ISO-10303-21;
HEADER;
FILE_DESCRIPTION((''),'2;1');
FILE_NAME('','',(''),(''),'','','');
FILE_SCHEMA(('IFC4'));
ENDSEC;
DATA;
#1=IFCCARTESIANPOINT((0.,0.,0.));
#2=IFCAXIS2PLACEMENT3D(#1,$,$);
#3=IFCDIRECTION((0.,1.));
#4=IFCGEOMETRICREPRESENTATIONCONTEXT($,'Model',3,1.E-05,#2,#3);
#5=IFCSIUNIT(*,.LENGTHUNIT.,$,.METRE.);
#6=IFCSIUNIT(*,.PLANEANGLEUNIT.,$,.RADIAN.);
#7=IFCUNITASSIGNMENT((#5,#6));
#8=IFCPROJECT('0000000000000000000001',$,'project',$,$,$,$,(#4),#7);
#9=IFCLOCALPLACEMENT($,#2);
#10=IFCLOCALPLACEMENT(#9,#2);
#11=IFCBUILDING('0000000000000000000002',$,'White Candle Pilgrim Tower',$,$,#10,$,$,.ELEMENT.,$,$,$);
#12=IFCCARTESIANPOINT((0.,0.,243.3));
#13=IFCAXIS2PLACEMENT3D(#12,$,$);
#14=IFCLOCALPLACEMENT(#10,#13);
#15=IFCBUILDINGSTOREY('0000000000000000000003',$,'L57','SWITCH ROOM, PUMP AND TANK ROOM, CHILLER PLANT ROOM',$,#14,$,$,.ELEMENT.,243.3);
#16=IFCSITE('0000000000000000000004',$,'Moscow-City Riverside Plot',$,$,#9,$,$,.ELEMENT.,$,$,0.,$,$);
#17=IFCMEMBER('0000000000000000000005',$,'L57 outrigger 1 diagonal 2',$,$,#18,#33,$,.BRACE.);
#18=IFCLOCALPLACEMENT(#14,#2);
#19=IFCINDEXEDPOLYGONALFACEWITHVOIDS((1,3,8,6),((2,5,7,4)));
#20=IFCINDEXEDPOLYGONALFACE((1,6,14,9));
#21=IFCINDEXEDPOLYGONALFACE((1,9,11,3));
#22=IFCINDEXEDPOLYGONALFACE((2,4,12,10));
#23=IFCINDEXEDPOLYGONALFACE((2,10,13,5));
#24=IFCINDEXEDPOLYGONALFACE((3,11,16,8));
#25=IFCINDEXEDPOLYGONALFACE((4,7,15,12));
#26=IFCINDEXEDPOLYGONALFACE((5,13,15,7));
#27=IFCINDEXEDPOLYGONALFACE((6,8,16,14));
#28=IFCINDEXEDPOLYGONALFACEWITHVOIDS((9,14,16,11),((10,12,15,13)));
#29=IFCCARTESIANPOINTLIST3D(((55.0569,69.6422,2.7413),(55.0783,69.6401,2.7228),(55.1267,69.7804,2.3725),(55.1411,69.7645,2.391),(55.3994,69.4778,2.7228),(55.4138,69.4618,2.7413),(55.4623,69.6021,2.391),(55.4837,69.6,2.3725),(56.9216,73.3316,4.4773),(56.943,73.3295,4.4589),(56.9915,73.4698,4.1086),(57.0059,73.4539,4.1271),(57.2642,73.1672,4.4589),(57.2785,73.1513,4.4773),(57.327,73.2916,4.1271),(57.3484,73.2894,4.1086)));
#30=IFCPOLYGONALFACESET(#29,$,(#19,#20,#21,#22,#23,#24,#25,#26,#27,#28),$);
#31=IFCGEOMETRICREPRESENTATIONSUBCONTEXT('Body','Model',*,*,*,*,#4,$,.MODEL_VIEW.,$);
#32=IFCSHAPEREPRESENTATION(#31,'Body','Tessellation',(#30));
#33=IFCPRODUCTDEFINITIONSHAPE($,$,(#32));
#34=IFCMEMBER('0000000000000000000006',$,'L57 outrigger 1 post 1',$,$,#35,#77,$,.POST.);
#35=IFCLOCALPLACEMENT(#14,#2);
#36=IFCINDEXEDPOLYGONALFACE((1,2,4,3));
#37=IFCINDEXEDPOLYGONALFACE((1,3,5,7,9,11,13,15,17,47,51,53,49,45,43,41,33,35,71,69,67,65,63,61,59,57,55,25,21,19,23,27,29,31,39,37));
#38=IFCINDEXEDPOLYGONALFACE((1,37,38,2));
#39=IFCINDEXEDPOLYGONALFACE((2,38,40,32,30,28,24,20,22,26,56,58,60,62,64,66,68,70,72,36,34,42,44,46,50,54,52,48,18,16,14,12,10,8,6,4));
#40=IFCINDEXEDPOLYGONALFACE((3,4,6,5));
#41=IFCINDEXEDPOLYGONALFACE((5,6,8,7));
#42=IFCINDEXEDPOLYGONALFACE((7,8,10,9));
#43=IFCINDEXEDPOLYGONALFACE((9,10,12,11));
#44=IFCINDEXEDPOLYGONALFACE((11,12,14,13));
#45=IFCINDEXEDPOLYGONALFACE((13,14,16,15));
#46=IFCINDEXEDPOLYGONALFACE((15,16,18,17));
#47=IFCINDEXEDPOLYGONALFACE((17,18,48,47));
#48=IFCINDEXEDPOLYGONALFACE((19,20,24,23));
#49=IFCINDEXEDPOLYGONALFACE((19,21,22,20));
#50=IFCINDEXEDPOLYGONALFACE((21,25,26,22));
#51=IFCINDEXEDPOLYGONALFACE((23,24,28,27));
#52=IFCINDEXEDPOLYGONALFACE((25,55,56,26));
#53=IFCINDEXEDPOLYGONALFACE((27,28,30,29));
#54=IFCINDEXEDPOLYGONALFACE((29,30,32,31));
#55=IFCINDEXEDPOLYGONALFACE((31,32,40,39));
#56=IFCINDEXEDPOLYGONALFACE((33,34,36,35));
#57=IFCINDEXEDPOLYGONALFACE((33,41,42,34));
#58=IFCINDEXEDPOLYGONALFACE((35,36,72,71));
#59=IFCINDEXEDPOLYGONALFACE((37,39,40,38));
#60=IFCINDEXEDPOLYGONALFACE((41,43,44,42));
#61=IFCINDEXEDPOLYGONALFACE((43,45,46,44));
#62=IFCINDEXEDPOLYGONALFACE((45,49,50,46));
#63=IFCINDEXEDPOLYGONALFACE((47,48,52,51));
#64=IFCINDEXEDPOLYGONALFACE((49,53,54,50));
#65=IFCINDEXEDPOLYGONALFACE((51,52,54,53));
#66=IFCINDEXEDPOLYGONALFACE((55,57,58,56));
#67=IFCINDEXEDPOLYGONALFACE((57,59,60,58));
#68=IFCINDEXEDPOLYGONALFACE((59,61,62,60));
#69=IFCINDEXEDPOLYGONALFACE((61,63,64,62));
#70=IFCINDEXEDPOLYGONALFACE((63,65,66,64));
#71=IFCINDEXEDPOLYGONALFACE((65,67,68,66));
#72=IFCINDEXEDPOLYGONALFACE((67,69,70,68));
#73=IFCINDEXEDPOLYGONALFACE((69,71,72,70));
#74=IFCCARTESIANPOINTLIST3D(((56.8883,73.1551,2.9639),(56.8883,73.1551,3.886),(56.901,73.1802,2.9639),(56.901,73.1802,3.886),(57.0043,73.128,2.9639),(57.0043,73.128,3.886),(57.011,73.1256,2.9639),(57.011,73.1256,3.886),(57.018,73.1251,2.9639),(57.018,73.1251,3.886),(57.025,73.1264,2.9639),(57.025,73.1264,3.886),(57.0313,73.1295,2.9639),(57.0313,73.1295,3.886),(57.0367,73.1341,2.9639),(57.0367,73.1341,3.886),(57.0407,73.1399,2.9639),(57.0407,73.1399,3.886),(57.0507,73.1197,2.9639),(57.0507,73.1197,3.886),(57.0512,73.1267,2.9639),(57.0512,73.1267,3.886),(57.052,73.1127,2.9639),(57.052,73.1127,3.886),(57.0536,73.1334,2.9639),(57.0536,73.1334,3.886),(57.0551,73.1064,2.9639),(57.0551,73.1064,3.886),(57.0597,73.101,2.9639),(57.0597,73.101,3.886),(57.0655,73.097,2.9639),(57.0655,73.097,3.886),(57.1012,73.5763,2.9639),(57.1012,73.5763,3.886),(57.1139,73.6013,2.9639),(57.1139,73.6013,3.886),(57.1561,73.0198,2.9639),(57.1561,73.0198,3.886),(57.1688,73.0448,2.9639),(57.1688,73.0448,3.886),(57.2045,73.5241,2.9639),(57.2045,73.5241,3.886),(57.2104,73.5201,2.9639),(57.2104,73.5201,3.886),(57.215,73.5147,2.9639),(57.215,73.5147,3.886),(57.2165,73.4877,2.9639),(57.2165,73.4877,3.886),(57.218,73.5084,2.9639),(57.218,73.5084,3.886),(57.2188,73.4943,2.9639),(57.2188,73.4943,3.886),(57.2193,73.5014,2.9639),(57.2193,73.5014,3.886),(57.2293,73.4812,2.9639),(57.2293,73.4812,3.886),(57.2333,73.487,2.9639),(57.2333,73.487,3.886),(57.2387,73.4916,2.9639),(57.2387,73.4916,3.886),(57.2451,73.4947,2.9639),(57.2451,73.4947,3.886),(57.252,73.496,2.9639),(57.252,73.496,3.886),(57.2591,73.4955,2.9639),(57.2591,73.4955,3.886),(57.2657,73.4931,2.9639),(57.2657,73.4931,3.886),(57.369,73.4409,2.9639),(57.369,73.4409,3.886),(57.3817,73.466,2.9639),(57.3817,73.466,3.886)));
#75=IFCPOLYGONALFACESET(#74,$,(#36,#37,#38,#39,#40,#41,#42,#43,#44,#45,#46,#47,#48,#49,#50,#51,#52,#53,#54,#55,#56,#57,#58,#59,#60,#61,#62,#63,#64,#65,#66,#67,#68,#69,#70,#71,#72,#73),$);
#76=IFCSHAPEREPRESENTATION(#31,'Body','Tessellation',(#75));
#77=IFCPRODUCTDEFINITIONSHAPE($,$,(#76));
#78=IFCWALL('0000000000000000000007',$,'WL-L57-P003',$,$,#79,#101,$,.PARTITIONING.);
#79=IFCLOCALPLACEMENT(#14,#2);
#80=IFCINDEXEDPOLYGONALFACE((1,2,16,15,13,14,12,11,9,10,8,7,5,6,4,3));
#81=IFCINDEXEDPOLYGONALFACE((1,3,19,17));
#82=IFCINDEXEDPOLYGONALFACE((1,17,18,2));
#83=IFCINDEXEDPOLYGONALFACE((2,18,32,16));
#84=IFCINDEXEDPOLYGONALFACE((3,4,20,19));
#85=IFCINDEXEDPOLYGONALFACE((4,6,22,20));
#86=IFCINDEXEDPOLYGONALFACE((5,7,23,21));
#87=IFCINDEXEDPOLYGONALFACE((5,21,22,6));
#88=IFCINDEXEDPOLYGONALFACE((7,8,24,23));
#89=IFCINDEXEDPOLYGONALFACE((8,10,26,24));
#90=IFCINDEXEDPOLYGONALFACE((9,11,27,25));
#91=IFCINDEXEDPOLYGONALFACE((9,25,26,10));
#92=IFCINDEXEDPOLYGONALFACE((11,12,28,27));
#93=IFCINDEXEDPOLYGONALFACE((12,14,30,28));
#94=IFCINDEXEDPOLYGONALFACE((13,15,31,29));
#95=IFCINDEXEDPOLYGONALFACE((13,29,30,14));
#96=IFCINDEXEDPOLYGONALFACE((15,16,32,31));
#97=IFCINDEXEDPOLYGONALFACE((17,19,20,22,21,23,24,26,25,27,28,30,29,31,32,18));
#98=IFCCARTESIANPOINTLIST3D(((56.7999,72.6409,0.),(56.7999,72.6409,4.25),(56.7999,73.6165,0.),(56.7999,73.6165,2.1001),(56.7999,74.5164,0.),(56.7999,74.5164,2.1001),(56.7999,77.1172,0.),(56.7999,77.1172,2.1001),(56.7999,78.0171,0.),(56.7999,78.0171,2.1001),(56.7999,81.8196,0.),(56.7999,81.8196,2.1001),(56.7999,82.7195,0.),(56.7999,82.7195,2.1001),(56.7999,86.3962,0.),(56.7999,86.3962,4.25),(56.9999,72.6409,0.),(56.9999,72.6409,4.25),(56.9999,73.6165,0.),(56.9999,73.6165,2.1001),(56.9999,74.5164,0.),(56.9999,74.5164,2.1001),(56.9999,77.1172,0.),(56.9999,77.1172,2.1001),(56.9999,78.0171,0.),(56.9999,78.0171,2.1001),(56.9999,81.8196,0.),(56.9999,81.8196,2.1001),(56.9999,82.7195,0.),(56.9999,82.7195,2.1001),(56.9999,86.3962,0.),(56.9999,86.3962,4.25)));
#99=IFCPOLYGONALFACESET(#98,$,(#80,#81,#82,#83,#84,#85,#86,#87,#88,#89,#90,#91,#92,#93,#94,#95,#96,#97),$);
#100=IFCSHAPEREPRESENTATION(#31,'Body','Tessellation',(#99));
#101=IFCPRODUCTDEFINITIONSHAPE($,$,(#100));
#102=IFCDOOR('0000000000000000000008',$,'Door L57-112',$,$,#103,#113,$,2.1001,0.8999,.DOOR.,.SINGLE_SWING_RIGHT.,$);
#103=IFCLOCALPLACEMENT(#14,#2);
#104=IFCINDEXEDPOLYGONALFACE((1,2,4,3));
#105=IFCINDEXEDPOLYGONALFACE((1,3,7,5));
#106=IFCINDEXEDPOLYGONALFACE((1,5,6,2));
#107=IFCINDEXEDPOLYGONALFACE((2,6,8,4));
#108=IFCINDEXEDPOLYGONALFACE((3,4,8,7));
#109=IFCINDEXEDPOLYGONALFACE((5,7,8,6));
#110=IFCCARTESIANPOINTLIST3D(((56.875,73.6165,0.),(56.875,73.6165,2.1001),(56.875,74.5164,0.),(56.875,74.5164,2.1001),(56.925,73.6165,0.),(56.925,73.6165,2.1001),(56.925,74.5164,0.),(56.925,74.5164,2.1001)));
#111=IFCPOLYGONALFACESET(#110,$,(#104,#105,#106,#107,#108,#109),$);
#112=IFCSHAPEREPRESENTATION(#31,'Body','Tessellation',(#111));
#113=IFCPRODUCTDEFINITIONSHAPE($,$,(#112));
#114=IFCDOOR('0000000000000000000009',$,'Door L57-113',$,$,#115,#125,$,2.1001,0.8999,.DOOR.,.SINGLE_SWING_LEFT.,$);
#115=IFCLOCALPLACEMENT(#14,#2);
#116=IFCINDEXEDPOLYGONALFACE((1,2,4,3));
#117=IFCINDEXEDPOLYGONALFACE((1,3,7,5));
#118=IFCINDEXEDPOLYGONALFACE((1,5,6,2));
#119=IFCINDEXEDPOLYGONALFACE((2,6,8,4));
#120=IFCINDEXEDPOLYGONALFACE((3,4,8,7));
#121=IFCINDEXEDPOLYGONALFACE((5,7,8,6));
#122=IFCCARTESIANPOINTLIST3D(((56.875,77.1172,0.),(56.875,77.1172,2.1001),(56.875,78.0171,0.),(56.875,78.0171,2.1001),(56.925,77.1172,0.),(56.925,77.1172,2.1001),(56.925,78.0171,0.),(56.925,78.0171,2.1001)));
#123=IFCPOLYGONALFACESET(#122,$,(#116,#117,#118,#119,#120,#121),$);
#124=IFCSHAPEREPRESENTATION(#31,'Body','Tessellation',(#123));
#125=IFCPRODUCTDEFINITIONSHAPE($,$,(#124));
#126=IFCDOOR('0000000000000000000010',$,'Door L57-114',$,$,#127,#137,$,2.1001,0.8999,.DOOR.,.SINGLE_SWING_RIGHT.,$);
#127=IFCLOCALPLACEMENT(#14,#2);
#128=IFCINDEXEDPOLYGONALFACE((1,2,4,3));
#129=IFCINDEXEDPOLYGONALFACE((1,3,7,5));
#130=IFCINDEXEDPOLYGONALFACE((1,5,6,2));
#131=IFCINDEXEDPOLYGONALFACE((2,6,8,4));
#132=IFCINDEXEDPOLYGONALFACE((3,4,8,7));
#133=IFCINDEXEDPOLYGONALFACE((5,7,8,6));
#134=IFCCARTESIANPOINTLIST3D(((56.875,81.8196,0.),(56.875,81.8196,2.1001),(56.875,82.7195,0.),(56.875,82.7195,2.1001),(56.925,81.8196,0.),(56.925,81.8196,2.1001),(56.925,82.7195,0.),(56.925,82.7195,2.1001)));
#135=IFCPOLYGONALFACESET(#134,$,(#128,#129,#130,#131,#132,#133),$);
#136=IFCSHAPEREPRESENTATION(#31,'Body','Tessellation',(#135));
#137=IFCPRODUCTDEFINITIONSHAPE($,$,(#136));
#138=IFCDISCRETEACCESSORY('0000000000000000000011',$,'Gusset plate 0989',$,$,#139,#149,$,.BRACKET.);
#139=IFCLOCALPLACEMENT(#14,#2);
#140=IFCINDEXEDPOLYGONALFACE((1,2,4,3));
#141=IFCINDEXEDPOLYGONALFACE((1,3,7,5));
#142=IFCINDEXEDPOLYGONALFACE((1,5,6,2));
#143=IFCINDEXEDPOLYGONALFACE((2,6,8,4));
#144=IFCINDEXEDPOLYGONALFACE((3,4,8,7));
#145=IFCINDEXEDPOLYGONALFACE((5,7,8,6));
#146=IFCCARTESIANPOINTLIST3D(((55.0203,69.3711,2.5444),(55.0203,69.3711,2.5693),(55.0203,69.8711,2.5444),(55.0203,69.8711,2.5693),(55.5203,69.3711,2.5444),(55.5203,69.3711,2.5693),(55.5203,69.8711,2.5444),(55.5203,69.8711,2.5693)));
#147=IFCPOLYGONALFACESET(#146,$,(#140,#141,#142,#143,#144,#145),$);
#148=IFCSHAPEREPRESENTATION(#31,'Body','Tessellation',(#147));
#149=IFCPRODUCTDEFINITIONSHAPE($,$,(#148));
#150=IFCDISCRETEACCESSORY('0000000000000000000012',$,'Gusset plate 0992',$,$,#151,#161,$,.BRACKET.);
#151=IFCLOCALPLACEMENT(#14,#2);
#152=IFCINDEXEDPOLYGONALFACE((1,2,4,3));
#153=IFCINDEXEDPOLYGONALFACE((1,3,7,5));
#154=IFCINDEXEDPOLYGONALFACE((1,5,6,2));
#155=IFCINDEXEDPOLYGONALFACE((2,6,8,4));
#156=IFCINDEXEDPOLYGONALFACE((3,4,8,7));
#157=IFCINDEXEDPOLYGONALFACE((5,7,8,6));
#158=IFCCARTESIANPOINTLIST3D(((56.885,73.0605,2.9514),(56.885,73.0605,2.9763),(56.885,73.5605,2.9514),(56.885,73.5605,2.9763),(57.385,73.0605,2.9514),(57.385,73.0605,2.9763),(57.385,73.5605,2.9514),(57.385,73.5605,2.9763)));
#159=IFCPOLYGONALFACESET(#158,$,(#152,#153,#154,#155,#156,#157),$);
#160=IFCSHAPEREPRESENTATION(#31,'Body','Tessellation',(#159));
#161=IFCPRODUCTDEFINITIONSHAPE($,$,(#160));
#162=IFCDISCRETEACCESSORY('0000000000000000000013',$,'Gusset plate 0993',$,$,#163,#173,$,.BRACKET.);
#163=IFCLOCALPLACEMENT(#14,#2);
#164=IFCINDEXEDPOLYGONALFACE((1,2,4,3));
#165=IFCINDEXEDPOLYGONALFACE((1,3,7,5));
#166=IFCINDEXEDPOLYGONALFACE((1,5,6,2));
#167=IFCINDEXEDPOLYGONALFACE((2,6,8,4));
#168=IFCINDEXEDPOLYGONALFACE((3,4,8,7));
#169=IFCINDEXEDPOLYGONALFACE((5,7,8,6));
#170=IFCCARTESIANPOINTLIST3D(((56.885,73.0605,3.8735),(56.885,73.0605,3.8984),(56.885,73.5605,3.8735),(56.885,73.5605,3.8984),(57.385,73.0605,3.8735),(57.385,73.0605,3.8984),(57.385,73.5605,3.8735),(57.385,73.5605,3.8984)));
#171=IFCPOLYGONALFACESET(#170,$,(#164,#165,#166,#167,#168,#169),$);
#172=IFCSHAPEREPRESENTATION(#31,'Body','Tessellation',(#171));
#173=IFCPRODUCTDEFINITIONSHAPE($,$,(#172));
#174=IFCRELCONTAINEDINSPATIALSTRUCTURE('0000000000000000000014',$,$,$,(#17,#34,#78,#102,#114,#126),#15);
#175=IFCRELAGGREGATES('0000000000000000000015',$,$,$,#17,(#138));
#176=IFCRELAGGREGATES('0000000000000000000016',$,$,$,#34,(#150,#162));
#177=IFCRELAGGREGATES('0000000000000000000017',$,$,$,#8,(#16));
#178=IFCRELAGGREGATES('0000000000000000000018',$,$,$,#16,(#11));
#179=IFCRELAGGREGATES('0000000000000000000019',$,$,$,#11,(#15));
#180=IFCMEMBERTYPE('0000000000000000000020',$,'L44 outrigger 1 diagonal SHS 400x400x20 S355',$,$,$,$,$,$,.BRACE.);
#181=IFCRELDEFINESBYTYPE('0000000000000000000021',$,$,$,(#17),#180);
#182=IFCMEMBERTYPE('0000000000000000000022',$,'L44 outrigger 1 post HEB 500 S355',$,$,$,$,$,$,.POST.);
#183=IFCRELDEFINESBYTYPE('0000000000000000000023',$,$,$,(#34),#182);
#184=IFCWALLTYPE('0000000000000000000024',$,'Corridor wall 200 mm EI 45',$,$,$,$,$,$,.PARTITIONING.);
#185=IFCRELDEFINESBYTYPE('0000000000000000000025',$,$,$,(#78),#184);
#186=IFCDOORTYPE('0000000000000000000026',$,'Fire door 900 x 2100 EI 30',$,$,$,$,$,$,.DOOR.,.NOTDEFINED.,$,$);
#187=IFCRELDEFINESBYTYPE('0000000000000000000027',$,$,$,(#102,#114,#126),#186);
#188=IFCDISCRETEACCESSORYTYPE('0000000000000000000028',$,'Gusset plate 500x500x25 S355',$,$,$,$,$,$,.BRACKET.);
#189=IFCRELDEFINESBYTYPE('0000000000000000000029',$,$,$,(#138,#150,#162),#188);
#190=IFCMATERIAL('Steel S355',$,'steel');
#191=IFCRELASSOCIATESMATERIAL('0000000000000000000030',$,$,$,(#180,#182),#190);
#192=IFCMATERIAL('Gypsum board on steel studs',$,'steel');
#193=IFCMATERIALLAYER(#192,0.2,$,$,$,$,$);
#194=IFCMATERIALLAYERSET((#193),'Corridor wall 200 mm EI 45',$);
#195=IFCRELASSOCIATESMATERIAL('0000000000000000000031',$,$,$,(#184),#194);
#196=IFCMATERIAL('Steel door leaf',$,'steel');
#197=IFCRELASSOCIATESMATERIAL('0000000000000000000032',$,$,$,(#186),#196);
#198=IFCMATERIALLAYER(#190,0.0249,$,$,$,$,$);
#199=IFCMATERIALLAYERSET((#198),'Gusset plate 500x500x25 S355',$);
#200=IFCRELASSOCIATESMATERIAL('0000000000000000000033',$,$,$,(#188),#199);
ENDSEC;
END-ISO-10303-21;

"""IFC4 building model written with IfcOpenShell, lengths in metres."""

from ifc_helpers import new_model, si_unit, direction, frame, frame_2d, origin, origin_2d, place, context, subcontext, project, spatial, rectangle, hollow_rectangle, i_section, extrude, material, layer, layer_set, material_profile, profile_set, type_object, element, fill, aggregate, save


model = new_model("IFC4")

# Units and contexts
model_context = context("Model", 3, precision=1e-05, world=origin(), true_north=direction((0.0, 1.0)))
body_context = subcontext(model_context, "Body", "Model", "MODEL_VIEW")
ifc_project = project(units=[si_unit("LENGTHUNIT", "METRE"), si_unit("PLANEANGLEUNIT", "RADIAN")], contexts=[model_context])

# Site, building, storey
site_placement = place(None, origin())
site = spatial("IfcSite", under=ifc_project, at=site_placement, Name="Moscow-City Riverside Plot", CompositionType="ELEMENT", RefElevation=0.0)
building_placement = place(site_placement, origin())
building = spatial("IfcBuilding", under=site, at=building_placement, Name="White Candle Pilgrim Tower", CompositionType="ELEMENT")
storey_placement = place(building_placement, frame((0.0, 0.0, 243.3)))
storey = spatial("IfcBuildingStorey", under=building, at=storey_placement, Name="L57", Description="SWITCH ROOM, PUMP AND TANK ROOM, CHILLER PLANT ROOM", CompositionType="ELEMENT", Elevation=243.3)

# Members
ifc_material_1 = material(Name="Steel S355", Category="steel")
ifc_material_profile_1 = material_profile(ifc_material_1, hollow_rectangle(XDim=0.3999, YDim=0.3999, WallThickness=0.02, at=origin_2d()), Name="SHS 400x400x20")
ifc_profile_set_1 = profile_set([ifc_material_profile_1], Name="Steel S355")
member_type_1 = type_object("IfcMemberType", Name="L44 outrigger 1 diagonal SHS 400x400x20 S355", PredefinedType="BRACE", material=ifc_profile_set_1)
member_1_placement = place(storey_placement, frame((57.135, 73.3105, 4.293), z_axis=(-0.415897, -0.822864, -0.387201), x_axis=(0.892482, -0.451084, 0.0)))
member_1 = element("IfcMember", 1, at=member_1_placement, inside=storey, type_object=member_type_1, Name="L57 outrigger 1 diagonal 2", PredefinedType="BRACE", context=body_context, shape_type="SweptSolid", body=[
    extrude(hollow_rectangle(XDim=0.3999, YDim=0.3999, WallThickness=0.02, at=origin_2d()), origin(), (0.0, 0.0, 1.0), 4.4836),
])
ifc_material_profile_2 = material_profile(ifc_material_1, i_section(OverallWidth=0.3, OverallDepth=0.5, WebThickness=0.0144, FlangeThickness=0.0281, FilletRadius=0.0271, at=origin_2d()), Name="HEB 500")
ifc_profile_set_2 = profile_set([ifc_material_profile_2], Name="Steel S355")
member_type_2 = type_object("IfcMemberType", Name="L44 outrigger 1 post HEB 500 S355", PredefinedType="POST", material=ifc_profile_set_2)
member_2_placement = place(storey_placement, frame((57.135, 73.3105, 2.9639), z_axis=(0.0, 0.0, 1.0), x_axis=(0.892472, -0.451103, 0.0)))
member_2 = element("IfcMember", 2, at=member_2_placement, inside=storey, type_object=member_type_2, Name="L57 outrigger 1 post 1", PredefinedType="POST", context=body_context, shape_type="SweptSolid", body=[
    extrude(i_section(OverallWidth=0.3, OverallDepth=0.5, WebThickness=0.0144, FlangeThickness=0.0281, FilletRadius=0.0271, at=origin_2d()), origin(), (0.0, 0.0, 1.0), 0.9221),
])

# Wall, openings, doors
ifc_material_2 = material(Name="Gypsum board on steel studs", Category="steel")
ifc_layer_1 = layer(ifc_material_2, 0.2)
ifc_layer_set_1 = layer_set([ifc_layer_1], Name="Corridor wall 200 mm EI 45")
wall_type_1 = type_object("IfcWallType", Name="Corridor wall 200 mm EI 45", PredefinedType="PARTITIONING", material=ifc_layer_set_1)
wall_1_placement = place(storey_placement, frame((56.8999, 72.6409, 0.0), z_axis=(0.0, 0.0, 1.0), x_axis=(0.0, 1.0, 0.0)))
wall_1 = element("IfcWall", 3, at=wall_1_placement, inside=storey, type_object=wall_type_1, Name="WL-L57-P003", PredefinedType="PARTITIONING", context=body_context, shape_type="SweptSolid", body=[
    extrude(rectangle(XDim=13.7554, YDim=0.2, at=frame_2d((6.8777, 0.0))), origin(), (0.0, 0.0, 1.0), 4.25),
])
opening_1_placement = place(wall_1_placement, frame((0.9756, 0.0, 0.0)))
opening_1 = element("IfcOpeningElement", 4, at=opening_1_placement, cuts=wall_1, PredefinedType="OPENING", context=body_context, shape_type="SweptSolid", body=[
    extrude(rectangle(XDim=0.8999, YDim=2.1001, at=frame_2d((0.45, 1.05))), frame((0.0, 0.1099, 0.0), z_axis=(0.0, -1.0, 0.0), x_axis=(1.0, 0.0, 0.0)), (0.0, 0.0, 1.0), 0.22),
])
opening_2_placement = place(wall_1_placement, frame((4.4763, 0.0, 0.0)))
opening_2 = element("IfcOpeningElement", 5, at=opening_2_placement, cuts=wall_1, PredefinedType="OPENING", context=body_context, shape_type="SweptSolid", body=[
    extrude(rectangle(XDim=0.8999, YDim=2.1001, at=frame_2d((0.45, 1.05))), frame((0.0, 0.1099, 0.0), z_axis=(0.0, -1.0, 0.0), x_axis=(1.0, 0.0, 0.0)), (0.0, 0.0, 1.0), 0.22),
])
opening_3_placement = place(wall_1_placement, frame((9.1787, 0.0, 0.0)))
opening_3 = element("IfcOpeningElement", 6, at=opening_3_placement, cuts=wall_1, PredefinedType="OPENING", context=body_context, shape_type="SweptSolid", body=[
    extrude(rectangle(XDim=0.8999, YDim=2.1001, at=frame_2d((0.45, 1.05))), frame((0.0, 0.1099, 0.0), z_axis=(0.0, -1.0, 0.0), x_axis=(1.0, 0.0, 0.0)), (0.0, 0.0, 1.0), 0.22),
])
ifc_material_3 = material(Name="Steel door leaf", Category="steel")
door_type = type_object("IfcDoorType", Name="Fire door 900 x 2100 EI 30", OperationType="NOTDEFINED", PredefinedType="DOOR", material=ifc_material_3)
door_1_placement = place(opening_1_placement, origin())
door_1 = element("IfcDoor", 7, at=door_1_placement, inside=storey, type_object=door_type, Name="Door L57-112", OperationType="SINGLE_SWING_RIGHT", OverallHeight=2.1001, OverallWidth=0.8999, PredefinedType="DOOR", context=body_context, shape_type="SweptSolid", body=[
    extrude(rectangle(XDim=0.8999, YDim=2.1001, at=frame_2d((0.45, 1.05))), frame((0.0, 0.0249, 0.0), z_axis=(0.0, -1.0, 0.0), x_axis=(1.0, 0.0, 0.0)), (0.0, 0.0, 1.0), 0.05),
])
fill(opening_1, door_1)
door_2_placement = place(opening_2_placement, origin())
door_2 = element("IfcDoor", 8, at=door_2_placement, inside=storey, type_object=door_type, Name="Door L57-113", OperationType="SINGLE_SWING_LEFT", OverallHeight=2.1001, OverallWidth=0.8999, PredefinedType="DOOR", context=body_context, shape_type="SweptSolid", body=[
    extrude(rectangle(XDim=0.8999, YDim=2.1001, at=frame_2d((0.45, 1.05))), frame((0.0, 0.0249, 0.0), z_axis=(0.0, -1.0, 0.0), x_axis=(1.0, 0.0, 0.0)), (0.0, 0.0, 1.0), 0.05),
])
fill(opening_2, door_2)
door_3_placement = place(opening_3_placement, origin())
door_3 = element("IfcDoor", 9, at=door_3_placement, inside=storey, type_object=door_type, Name="Door L57-114", OperationType="SINGLE_SWING_RIGHT", OverallHeight=2.1001, OverallWidth=0.8999, PredefinedType="DOOR", context=body_context, shape_type="SweptSolid", body=[
    extrude(rectangle(XDim=0.8999, YDim=2.1001, at=frame_2d((0.45, 1.05))), frame((0.0, 0.0249, 0.0), z_axis=(0.0, -1.0, 0.0), x_axis=(1.0, 0.0, 0.0)), (0.0, 0.0, 1.0), 0.05),
])
fill(opening_3, door_3)

# Discrete accessories
ifc_layer_2 = layer(ifc_material_1, 0.0249)
ifc_layer_set_2 = layer_set([ifc_layer_2], Name="Gusset plate 500x500x25 S355")
discrete_accessory_type = type_object("IfcDiscreteAccessoryType", Name="Gusset plate 500x500x25 S355", PredefinedType="BRACKET", material=ifc_layer_set_2)
discrete_accessory_1_placement = place(storey_placement, frame((55.2703, 69.6211, 2.5444), z_axis=(0.0, 0.0, 1.0), x_axis=(1.0, 0.0, 0.0)))
discrete_accessory_1 = element("IfcDiscreteAccessory", 10, at=discrete_accessory_1_placement, type_object=discrete_accessory_type, Name="Gusset plate 0989", PredefinedType="BRACKET", context=body_context, shape_type="SweptSolid", body=[
    extrude(rectangle(XDim=0.5, YDim=0.5, at=origin_2d()), origin(), (0.0, 0.0, 1.0), 0.0249),
])
aggregate(member_1, [discrete_accessory_1])
discrete_accessory_2_placement = place(storey_placement, frame((57.135, 73.3105, 2.9514), z_axis=(0.0, 0.0, 1.0), x_axis=(1.0, 0.0, 0.0)))
discrete_accessory_2 = element("IfcDiscreteAccessory", 11, at=discrete_accessory_2_placement, type_object=discrete_accessory_type, Name="Gusset plate 0992", PredefinedType="BRACKET", context=body_context, shape_type="SweptSolid", body=[
    extrude(rectangle(XDim=0.5, YDim=0.5, at=origin_2d()), origin(), (0.0, 0.0, 1.0), 0.0249),
])
discrete_accessory_3_placement = place(storey_placement, frame((57.135, 73.3105, 3.8735), z_axis=(0.0, 0.0, 1.0), x_axis=(1.0, 0.0, 0.0)))
discrete_accessory_3 = element("IfcDiscreteAccessory", 12, at=discrete_accessory_3_placement, type_object=discrete_accessory_type, Name="Gusset plate 0993", PredefinedType="BRACKET", context=body_context, shape_type="SweptSolid", body=[
    extrude(rectangle(XDim=0.5, YDim=0.5, at=origin_2d()), origin(), (0.0, 0.0, 1.0), 0.0249),
])
aggregate(member_2, [discrete_accessory_2, discrete_accessory_3])

save(model, "model.ifc")
